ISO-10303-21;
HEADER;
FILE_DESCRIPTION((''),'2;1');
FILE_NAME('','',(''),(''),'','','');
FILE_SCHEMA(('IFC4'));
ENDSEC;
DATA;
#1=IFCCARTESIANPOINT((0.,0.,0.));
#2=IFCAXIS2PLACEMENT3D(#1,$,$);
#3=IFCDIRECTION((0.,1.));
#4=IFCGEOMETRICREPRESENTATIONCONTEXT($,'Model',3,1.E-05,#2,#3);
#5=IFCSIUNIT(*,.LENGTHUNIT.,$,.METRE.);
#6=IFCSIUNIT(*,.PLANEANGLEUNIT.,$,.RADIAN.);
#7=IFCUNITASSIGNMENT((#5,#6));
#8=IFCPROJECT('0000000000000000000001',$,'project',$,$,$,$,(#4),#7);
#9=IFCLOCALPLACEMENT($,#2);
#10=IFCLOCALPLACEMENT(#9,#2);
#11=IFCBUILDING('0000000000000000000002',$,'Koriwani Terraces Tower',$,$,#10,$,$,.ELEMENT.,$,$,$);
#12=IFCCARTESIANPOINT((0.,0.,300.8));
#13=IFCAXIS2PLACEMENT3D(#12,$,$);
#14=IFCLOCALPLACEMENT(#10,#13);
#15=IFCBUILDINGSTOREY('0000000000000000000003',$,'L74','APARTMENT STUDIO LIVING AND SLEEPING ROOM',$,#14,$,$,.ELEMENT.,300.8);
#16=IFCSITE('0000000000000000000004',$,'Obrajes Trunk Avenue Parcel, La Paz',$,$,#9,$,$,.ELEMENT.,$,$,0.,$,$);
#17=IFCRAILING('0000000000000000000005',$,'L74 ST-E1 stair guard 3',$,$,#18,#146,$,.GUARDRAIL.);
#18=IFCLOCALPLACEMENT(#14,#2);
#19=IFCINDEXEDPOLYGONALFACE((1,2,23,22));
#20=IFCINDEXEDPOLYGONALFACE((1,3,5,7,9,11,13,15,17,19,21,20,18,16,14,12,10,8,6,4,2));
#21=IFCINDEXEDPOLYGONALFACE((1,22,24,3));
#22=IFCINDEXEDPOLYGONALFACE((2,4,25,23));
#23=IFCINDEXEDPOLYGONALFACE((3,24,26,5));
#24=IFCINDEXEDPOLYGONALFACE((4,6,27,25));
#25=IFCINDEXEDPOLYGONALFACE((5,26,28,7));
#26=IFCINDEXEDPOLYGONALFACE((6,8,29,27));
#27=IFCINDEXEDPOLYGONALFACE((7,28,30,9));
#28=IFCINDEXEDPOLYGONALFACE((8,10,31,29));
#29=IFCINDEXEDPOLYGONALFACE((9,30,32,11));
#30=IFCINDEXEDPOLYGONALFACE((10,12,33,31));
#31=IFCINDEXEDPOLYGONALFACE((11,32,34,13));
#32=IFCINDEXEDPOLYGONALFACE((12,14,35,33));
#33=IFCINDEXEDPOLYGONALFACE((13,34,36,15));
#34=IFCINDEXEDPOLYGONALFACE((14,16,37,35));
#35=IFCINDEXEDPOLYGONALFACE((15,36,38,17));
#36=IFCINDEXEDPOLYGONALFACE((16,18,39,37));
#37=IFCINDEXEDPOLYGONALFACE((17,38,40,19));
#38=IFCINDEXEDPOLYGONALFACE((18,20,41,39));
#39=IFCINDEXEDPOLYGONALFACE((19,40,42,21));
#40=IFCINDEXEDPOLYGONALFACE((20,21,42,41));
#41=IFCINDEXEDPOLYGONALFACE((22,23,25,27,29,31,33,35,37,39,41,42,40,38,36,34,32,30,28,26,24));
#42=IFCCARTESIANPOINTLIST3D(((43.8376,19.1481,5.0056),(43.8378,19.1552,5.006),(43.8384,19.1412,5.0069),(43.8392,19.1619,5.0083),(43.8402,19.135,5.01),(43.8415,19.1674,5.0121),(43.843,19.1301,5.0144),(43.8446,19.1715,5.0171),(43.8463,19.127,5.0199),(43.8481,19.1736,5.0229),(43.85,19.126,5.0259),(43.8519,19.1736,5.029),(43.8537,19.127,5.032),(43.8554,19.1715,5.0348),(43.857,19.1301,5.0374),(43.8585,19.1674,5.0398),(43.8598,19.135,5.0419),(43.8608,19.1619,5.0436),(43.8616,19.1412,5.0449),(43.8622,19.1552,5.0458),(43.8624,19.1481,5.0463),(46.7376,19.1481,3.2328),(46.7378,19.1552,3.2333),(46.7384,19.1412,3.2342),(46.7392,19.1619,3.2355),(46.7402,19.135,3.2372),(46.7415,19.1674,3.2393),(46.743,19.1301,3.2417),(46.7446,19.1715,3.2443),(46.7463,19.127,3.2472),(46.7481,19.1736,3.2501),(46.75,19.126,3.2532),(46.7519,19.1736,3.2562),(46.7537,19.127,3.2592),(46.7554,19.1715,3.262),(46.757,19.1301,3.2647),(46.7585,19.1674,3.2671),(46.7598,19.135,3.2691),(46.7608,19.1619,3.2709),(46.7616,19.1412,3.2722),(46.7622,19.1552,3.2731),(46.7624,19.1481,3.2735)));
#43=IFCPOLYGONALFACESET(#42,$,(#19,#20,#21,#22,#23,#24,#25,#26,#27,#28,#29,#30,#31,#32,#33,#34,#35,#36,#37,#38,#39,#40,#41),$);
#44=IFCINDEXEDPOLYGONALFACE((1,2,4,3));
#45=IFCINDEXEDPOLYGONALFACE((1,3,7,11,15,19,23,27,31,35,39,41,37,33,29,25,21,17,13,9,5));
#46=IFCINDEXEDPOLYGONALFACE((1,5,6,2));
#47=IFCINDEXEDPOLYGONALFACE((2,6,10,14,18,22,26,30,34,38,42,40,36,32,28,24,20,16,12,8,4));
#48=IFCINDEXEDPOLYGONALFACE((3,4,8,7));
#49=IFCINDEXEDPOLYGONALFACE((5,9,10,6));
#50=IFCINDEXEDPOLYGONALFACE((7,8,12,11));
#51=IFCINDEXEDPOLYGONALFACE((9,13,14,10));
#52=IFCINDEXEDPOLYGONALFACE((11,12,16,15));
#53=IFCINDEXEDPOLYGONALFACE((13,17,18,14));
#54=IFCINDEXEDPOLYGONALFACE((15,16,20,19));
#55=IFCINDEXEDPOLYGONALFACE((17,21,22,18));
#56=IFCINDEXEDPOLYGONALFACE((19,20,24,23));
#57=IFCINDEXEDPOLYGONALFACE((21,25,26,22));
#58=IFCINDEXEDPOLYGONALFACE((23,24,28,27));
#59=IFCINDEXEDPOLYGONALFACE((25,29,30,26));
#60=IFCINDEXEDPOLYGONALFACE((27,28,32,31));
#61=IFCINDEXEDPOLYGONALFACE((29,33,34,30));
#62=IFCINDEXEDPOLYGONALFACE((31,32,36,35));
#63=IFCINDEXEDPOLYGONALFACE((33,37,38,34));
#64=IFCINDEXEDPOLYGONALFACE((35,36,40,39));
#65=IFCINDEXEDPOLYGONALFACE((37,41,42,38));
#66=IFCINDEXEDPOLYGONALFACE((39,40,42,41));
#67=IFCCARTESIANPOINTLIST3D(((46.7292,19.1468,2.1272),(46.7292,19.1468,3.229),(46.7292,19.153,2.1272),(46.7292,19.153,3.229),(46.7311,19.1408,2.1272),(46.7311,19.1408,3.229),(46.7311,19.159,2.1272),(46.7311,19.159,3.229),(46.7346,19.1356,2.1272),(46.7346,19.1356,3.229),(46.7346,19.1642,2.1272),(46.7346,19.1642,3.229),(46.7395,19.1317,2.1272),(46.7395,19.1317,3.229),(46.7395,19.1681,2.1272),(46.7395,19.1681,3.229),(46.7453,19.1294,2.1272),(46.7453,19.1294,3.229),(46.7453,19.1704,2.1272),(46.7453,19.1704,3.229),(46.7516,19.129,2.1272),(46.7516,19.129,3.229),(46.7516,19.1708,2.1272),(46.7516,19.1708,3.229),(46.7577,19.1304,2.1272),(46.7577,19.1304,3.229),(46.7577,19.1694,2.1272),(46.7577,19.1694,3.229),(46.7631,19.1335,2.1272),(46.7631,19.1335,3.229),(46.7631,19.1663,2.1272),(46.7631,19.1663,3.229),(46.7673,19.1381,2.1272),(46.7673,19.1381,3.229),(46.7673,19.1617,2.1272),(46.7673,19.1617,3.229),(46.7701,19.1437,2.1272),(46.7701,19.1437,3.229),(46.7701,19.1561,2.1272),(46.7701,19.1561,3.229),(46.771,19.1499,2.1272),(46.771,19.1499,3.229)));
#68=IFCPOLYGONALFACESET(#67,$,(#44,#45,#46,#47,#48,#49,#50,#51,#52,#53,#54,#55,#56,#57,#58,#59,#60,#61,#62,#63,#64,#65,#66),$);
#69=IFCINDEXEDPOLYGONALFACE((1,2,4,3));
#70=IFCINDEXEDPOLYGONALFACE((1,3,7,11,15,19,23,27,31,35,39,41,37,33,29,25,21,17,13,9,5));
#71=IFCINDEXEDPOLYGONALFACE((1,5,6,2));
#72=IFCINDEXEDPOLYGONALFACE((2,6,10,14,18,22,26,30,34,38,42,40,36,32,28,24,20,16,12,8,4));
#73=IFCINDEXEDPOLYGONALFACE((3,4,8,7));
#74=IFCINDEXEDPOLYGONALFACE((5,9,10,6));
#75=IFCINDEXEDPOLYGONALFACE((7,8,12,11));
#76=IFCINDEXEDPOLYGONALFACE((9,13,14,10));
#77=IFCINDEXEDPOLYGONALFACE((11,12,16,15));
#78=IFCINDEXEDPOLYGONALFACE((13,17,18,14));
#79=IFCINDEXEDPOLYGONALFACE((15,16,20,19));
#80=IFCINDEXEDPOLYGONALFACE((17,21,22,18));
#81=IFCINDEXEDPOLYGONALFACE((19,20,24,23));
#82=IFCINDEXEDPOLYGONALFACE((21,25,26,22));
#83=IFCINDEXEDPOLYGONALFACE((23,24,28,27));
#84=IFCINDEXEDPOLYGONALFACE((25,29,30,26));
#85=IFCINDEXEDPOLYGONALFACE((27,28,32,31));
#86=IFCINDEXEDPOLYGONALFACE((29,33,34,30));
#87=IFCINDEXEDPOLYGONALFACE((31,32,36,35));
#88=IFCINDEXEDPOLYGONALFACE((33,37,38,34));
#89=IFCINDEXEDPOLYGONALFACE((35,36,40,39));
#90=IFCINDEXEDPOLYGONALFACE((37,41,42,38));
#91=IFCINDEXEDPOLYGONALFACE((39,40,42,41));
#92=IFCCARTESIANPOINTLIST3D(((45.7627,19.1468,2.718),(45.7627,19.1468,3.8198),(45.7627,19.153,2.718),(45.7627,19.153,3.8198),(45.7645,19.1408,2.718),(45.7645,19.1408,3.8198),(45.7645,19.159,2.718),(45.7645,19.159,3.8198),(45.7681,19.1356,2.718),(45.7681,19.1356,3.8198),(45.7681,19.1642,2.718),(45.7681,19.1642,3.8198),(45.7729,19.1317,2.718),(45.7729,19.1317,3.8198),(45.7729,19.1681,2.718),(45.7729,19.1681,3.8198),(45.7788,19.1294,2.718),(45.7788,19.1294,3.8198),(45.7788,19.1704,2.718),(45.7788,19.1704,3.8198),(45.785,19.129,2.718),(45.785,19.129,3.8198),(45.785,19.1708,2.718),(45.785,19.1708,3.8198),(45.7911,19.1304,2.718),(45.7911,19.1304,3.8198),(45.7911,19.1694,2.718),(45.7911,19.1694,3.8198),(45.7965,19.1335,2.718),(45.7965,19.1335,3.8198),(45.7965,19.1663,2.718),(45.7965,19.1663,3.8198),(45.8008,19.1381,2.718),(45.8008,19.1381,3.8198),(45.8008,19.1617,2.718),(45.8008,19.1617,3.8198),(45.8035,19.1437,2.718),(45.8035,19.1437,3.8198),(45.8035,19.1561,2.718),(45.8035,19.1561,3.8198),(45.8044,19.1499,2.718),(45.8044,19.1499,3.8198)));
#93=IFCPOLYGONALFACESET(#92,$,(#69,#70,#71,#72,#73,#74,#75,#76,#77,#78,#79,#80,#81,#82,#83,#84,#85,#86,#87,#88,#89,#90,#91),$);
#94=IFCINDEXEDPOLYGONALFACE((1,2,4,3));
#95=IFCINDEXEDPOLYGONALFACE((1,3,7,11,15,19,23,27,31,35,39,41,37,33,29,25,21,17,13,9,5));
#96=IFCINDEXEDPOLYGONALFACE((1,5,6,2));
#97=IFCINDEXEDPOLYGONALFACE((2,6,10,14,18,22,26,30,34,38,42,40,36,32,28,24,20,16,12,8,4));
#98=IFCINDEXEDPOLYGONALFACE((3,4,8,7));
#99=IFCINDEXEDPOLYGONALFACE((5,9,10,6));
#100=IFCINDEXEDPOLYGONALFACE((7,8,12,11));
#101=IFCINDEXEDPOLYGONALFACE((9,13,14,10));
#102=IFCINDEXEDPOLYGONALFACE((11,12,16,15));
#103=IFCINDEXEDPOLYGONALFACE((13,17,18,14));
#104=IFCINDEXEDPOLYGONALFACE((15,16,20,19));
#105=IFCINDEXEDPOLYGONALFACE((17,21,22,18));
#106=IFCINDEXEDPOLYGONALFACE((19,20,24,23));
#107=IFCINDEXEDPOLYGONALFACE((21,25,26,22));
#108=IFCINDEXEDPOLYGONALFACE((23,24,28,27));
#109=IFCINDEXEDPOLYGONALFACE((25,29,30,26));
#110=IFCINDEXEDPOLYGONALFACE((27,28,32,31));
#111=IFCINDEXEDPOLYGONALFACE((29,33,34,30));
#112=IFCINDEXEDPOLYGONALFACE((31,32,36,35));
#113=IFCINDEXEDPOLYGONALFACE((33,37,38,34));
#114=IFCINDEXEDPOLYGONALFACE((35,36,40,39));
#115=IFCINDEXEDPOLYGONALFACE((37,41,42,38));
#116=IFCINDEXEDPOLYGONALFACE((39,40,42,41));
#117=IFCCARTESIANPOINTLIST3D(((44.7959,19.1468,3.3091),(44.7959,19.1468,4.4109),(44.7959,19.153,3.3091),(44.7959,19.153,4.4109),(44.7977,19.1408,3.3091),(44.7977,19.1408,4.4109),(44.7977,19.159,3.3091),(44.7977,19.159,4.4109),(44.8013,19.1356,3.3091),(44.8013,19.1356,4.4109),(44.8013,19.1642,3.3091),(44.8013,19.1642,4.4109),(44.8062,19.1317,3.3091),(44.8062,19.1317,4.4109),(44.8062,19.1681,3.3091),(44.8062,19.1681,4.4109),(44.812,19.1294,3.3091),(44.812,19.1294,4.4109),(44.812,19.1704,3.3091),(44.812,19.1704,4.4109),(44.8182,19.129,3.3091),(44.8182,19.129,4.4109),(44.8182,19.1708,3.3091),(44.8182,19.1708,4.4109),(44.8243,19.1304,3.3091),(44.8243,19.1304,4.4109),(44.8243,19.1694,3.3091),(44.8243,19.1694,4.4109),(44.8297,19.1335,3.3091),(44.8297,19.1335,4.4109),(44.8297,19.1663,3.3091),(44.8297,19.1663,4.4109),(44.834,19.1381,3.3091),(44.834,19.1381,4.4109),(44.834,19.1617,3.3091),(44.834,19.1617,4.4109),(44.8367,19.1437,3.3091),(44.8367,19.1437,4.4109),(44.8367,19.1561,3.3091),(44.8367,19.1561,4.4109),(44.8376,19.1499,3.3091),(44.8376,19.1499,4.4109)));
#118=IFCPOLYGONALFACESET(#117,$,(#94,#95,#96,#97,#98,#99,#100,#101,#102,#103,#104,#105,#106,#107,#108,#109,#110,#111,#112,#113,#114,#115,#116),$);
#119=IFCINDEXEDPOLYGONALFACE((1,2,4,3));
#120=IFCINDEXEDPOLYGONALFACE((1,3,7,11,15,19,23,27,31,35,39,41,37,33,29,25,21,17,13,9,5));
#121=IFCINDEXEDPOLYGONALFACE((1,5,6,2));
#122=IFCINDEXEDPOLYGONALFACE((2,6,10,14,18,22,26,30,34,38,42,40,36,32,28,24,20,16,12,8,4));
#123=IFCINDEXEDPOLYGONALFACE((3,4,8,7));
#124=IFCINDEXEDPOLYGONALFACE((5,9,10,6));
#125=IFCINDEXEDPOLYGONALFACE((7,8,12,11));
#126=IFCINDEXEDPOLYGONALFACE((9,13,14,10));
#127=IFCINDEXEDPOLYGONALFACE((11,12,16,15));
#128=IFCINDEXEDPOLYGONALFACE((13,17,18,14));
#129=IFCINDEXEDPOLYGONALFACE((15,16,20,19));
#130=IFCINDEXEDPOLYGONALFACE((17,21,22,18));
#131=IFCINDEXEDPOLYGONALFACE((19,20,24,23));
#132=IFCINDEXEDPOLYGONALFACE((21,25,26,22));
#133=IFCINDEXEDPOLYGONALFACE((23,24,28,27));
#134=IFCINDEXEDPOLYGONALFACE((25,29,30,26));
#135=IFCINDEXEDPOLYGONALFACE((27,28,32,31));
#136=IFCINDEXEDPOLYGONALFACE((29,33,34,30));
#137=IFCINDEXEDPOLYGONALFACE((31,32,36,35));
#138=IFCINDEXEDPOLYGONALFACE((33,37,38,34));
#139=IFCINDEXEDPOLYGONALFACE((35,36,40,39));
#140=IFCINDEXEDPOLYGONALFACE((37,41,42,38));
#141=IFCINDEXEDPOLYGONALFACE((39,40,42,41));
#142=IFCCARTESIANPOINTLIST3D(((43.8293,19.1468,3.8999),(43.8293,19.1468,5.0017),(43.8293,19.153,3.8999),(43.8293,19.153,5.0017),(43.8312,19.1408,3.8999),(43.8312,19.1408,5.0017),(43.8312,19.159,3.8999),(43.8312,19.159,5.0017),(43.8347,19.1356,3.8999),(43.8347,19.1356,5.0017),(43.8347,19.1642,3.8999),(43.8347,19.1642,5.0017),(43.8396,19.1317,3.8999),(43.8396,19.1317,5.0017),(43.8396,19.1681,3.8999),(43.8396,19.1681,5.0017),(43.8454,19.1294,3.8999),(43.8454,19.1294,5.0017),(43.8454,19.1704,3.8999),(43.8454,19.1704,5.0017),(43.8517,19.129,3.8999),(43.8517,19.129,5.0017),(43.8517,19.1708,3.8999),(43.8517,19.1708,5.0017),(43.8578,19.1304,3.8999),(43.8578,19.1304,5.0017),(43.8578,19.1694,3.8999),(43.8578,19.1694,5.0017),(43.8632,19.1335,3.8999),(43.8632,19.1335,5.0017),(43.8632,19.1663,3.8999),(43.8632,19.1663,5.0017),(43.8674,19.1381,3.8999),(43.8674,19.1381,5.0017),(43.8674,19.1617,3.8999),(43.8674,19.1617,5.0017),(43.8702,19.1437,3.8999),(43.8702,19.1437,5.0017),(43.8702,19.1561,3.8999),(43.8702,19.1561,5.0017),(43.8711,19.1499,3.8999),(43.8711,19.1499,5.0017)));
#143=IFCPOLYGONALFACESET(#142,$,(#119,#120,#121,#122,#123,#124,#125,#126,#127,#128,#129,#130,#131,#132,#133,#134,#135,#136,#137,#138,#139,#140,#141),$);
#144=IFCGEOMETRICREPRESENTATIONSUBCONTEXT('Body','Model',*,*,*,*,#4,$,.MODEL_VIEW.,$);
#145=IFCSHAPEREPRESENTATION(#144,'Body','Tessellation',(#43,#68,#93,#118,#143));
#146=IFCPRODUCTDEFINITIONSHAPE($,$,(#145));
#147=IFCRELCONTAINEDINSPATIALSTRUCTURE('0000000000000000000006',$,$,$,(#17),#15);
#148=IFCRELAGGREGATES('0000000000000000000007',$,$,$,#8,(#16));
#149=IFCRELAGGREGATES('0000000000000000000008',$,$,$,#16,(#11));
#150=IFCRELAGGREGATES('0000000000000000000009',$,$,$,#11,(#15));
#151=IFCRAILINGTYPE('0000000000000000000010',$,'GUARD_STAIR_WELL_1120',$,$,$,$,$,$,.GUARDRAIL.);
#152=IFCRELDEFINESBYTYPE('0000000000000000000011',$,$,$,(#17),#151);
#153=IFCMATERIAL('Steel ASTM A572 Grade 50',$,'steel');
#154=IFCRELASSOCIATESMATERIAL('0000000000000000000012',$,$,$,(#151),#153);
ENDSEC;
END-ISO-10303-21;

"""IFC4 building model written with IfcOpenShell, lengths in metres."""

from ifc_helpers import new_model, si_unit, direction, frame, origin, origin_2d, place, context, subcontext, project, spatial, circle, extrude, material, type_object, element, save


model = new_model("IFC4")

# Units and contexts
model_context = context("Model", 3, precision=1e-05, world=origin(), true_north=direction((0.0, 1.0)))
body_context = subcontext(model_context, "Body", "Model", "MODEL_VIEW")
ifc_project = project(units=[si_unit("LENGTHUNIT", "METRE"), si_unit("PLANEANGLEUNIT", "RADIAN")], contexts=[model_context])

# Site, building, storey
site_placement = place(None, origin())
site = spatial("IfcSite", under=ifc_project, at=site_placement, Name="Obrajes Trunk Avenue Parcel, La Paz", CompositionType="ELEMENT", RefElevation=0.0)
building_placement = place(site_placement, origin())
building = spatial("IfcBuilding", under=site, at=building_placement, Name="Koriwani Terraces Tower", CompositionType="ELEMENT")
storey_placement = place(building_placement, frame((0.0, 0.0, 300.8)))
storey = spatial("IfcBuildingStorey", under=building, at=storey_placement, Name="L74", Description="APARTMENT STUDIO LIVING AND SLEEPING ROOM", CompositionType="ELEMENT", Elevation=300.8)

# Shared definitions
ifc_material_1 = material(Name="Steel ASTM A572 Grade 50", Category="steel")

# Railing
railing_type_1 = type_object("IfcRailingType", Name="GUARD_STAIR_WELL_1120", PredefinedType="GUARDRAIL", material=ifc_material_1)
railing_1_placement = place(storey_placement, frame((46.75, 19.1499, 2.1272)))
element("IfcRailing", 1, at=railing_1_placement, inside=storey, type_object=railing_type_1, Name="L74 ST-E1 stair guard 3", PredefinedType="GUARDRAIL", context=body_context, shape_type="SweptSolid", body=[
    extrude(circle(Radius=0.0239, at=origin_2d()), frame((0.0, 0.0, 1.126), z_axis=(-0.853211, 0.0, 0.521566), x_axis=(0.0, -1.0, 0.0)), (0.0, 0.0, 1.0), 3.3989),
    extrude(circle(Radius=0.021, at=origin_2d()), origin(), (0.0, 0.0, 1.0), 1.1018),
    extrude(circle(Radius=0.021, at=origin_2d()), frame((-0.9666, 0.0, 0.5908)), (0.0, 0.0, 1.0), 1.1018),
    extrude(circle(Radius=0.021, at=origin_2d()), frame((-1.9333, 0.0, 1.1819)), (0.0, 0.0, 1.0), 1.1018),
    extrude(circle(Radius=0.021, at=origin_2d()), frame((-2.8999, 0.0, 1.7727)), (0.0, 0.0, 1.0), 1.1018),
])

save(model, "model.ifc")
